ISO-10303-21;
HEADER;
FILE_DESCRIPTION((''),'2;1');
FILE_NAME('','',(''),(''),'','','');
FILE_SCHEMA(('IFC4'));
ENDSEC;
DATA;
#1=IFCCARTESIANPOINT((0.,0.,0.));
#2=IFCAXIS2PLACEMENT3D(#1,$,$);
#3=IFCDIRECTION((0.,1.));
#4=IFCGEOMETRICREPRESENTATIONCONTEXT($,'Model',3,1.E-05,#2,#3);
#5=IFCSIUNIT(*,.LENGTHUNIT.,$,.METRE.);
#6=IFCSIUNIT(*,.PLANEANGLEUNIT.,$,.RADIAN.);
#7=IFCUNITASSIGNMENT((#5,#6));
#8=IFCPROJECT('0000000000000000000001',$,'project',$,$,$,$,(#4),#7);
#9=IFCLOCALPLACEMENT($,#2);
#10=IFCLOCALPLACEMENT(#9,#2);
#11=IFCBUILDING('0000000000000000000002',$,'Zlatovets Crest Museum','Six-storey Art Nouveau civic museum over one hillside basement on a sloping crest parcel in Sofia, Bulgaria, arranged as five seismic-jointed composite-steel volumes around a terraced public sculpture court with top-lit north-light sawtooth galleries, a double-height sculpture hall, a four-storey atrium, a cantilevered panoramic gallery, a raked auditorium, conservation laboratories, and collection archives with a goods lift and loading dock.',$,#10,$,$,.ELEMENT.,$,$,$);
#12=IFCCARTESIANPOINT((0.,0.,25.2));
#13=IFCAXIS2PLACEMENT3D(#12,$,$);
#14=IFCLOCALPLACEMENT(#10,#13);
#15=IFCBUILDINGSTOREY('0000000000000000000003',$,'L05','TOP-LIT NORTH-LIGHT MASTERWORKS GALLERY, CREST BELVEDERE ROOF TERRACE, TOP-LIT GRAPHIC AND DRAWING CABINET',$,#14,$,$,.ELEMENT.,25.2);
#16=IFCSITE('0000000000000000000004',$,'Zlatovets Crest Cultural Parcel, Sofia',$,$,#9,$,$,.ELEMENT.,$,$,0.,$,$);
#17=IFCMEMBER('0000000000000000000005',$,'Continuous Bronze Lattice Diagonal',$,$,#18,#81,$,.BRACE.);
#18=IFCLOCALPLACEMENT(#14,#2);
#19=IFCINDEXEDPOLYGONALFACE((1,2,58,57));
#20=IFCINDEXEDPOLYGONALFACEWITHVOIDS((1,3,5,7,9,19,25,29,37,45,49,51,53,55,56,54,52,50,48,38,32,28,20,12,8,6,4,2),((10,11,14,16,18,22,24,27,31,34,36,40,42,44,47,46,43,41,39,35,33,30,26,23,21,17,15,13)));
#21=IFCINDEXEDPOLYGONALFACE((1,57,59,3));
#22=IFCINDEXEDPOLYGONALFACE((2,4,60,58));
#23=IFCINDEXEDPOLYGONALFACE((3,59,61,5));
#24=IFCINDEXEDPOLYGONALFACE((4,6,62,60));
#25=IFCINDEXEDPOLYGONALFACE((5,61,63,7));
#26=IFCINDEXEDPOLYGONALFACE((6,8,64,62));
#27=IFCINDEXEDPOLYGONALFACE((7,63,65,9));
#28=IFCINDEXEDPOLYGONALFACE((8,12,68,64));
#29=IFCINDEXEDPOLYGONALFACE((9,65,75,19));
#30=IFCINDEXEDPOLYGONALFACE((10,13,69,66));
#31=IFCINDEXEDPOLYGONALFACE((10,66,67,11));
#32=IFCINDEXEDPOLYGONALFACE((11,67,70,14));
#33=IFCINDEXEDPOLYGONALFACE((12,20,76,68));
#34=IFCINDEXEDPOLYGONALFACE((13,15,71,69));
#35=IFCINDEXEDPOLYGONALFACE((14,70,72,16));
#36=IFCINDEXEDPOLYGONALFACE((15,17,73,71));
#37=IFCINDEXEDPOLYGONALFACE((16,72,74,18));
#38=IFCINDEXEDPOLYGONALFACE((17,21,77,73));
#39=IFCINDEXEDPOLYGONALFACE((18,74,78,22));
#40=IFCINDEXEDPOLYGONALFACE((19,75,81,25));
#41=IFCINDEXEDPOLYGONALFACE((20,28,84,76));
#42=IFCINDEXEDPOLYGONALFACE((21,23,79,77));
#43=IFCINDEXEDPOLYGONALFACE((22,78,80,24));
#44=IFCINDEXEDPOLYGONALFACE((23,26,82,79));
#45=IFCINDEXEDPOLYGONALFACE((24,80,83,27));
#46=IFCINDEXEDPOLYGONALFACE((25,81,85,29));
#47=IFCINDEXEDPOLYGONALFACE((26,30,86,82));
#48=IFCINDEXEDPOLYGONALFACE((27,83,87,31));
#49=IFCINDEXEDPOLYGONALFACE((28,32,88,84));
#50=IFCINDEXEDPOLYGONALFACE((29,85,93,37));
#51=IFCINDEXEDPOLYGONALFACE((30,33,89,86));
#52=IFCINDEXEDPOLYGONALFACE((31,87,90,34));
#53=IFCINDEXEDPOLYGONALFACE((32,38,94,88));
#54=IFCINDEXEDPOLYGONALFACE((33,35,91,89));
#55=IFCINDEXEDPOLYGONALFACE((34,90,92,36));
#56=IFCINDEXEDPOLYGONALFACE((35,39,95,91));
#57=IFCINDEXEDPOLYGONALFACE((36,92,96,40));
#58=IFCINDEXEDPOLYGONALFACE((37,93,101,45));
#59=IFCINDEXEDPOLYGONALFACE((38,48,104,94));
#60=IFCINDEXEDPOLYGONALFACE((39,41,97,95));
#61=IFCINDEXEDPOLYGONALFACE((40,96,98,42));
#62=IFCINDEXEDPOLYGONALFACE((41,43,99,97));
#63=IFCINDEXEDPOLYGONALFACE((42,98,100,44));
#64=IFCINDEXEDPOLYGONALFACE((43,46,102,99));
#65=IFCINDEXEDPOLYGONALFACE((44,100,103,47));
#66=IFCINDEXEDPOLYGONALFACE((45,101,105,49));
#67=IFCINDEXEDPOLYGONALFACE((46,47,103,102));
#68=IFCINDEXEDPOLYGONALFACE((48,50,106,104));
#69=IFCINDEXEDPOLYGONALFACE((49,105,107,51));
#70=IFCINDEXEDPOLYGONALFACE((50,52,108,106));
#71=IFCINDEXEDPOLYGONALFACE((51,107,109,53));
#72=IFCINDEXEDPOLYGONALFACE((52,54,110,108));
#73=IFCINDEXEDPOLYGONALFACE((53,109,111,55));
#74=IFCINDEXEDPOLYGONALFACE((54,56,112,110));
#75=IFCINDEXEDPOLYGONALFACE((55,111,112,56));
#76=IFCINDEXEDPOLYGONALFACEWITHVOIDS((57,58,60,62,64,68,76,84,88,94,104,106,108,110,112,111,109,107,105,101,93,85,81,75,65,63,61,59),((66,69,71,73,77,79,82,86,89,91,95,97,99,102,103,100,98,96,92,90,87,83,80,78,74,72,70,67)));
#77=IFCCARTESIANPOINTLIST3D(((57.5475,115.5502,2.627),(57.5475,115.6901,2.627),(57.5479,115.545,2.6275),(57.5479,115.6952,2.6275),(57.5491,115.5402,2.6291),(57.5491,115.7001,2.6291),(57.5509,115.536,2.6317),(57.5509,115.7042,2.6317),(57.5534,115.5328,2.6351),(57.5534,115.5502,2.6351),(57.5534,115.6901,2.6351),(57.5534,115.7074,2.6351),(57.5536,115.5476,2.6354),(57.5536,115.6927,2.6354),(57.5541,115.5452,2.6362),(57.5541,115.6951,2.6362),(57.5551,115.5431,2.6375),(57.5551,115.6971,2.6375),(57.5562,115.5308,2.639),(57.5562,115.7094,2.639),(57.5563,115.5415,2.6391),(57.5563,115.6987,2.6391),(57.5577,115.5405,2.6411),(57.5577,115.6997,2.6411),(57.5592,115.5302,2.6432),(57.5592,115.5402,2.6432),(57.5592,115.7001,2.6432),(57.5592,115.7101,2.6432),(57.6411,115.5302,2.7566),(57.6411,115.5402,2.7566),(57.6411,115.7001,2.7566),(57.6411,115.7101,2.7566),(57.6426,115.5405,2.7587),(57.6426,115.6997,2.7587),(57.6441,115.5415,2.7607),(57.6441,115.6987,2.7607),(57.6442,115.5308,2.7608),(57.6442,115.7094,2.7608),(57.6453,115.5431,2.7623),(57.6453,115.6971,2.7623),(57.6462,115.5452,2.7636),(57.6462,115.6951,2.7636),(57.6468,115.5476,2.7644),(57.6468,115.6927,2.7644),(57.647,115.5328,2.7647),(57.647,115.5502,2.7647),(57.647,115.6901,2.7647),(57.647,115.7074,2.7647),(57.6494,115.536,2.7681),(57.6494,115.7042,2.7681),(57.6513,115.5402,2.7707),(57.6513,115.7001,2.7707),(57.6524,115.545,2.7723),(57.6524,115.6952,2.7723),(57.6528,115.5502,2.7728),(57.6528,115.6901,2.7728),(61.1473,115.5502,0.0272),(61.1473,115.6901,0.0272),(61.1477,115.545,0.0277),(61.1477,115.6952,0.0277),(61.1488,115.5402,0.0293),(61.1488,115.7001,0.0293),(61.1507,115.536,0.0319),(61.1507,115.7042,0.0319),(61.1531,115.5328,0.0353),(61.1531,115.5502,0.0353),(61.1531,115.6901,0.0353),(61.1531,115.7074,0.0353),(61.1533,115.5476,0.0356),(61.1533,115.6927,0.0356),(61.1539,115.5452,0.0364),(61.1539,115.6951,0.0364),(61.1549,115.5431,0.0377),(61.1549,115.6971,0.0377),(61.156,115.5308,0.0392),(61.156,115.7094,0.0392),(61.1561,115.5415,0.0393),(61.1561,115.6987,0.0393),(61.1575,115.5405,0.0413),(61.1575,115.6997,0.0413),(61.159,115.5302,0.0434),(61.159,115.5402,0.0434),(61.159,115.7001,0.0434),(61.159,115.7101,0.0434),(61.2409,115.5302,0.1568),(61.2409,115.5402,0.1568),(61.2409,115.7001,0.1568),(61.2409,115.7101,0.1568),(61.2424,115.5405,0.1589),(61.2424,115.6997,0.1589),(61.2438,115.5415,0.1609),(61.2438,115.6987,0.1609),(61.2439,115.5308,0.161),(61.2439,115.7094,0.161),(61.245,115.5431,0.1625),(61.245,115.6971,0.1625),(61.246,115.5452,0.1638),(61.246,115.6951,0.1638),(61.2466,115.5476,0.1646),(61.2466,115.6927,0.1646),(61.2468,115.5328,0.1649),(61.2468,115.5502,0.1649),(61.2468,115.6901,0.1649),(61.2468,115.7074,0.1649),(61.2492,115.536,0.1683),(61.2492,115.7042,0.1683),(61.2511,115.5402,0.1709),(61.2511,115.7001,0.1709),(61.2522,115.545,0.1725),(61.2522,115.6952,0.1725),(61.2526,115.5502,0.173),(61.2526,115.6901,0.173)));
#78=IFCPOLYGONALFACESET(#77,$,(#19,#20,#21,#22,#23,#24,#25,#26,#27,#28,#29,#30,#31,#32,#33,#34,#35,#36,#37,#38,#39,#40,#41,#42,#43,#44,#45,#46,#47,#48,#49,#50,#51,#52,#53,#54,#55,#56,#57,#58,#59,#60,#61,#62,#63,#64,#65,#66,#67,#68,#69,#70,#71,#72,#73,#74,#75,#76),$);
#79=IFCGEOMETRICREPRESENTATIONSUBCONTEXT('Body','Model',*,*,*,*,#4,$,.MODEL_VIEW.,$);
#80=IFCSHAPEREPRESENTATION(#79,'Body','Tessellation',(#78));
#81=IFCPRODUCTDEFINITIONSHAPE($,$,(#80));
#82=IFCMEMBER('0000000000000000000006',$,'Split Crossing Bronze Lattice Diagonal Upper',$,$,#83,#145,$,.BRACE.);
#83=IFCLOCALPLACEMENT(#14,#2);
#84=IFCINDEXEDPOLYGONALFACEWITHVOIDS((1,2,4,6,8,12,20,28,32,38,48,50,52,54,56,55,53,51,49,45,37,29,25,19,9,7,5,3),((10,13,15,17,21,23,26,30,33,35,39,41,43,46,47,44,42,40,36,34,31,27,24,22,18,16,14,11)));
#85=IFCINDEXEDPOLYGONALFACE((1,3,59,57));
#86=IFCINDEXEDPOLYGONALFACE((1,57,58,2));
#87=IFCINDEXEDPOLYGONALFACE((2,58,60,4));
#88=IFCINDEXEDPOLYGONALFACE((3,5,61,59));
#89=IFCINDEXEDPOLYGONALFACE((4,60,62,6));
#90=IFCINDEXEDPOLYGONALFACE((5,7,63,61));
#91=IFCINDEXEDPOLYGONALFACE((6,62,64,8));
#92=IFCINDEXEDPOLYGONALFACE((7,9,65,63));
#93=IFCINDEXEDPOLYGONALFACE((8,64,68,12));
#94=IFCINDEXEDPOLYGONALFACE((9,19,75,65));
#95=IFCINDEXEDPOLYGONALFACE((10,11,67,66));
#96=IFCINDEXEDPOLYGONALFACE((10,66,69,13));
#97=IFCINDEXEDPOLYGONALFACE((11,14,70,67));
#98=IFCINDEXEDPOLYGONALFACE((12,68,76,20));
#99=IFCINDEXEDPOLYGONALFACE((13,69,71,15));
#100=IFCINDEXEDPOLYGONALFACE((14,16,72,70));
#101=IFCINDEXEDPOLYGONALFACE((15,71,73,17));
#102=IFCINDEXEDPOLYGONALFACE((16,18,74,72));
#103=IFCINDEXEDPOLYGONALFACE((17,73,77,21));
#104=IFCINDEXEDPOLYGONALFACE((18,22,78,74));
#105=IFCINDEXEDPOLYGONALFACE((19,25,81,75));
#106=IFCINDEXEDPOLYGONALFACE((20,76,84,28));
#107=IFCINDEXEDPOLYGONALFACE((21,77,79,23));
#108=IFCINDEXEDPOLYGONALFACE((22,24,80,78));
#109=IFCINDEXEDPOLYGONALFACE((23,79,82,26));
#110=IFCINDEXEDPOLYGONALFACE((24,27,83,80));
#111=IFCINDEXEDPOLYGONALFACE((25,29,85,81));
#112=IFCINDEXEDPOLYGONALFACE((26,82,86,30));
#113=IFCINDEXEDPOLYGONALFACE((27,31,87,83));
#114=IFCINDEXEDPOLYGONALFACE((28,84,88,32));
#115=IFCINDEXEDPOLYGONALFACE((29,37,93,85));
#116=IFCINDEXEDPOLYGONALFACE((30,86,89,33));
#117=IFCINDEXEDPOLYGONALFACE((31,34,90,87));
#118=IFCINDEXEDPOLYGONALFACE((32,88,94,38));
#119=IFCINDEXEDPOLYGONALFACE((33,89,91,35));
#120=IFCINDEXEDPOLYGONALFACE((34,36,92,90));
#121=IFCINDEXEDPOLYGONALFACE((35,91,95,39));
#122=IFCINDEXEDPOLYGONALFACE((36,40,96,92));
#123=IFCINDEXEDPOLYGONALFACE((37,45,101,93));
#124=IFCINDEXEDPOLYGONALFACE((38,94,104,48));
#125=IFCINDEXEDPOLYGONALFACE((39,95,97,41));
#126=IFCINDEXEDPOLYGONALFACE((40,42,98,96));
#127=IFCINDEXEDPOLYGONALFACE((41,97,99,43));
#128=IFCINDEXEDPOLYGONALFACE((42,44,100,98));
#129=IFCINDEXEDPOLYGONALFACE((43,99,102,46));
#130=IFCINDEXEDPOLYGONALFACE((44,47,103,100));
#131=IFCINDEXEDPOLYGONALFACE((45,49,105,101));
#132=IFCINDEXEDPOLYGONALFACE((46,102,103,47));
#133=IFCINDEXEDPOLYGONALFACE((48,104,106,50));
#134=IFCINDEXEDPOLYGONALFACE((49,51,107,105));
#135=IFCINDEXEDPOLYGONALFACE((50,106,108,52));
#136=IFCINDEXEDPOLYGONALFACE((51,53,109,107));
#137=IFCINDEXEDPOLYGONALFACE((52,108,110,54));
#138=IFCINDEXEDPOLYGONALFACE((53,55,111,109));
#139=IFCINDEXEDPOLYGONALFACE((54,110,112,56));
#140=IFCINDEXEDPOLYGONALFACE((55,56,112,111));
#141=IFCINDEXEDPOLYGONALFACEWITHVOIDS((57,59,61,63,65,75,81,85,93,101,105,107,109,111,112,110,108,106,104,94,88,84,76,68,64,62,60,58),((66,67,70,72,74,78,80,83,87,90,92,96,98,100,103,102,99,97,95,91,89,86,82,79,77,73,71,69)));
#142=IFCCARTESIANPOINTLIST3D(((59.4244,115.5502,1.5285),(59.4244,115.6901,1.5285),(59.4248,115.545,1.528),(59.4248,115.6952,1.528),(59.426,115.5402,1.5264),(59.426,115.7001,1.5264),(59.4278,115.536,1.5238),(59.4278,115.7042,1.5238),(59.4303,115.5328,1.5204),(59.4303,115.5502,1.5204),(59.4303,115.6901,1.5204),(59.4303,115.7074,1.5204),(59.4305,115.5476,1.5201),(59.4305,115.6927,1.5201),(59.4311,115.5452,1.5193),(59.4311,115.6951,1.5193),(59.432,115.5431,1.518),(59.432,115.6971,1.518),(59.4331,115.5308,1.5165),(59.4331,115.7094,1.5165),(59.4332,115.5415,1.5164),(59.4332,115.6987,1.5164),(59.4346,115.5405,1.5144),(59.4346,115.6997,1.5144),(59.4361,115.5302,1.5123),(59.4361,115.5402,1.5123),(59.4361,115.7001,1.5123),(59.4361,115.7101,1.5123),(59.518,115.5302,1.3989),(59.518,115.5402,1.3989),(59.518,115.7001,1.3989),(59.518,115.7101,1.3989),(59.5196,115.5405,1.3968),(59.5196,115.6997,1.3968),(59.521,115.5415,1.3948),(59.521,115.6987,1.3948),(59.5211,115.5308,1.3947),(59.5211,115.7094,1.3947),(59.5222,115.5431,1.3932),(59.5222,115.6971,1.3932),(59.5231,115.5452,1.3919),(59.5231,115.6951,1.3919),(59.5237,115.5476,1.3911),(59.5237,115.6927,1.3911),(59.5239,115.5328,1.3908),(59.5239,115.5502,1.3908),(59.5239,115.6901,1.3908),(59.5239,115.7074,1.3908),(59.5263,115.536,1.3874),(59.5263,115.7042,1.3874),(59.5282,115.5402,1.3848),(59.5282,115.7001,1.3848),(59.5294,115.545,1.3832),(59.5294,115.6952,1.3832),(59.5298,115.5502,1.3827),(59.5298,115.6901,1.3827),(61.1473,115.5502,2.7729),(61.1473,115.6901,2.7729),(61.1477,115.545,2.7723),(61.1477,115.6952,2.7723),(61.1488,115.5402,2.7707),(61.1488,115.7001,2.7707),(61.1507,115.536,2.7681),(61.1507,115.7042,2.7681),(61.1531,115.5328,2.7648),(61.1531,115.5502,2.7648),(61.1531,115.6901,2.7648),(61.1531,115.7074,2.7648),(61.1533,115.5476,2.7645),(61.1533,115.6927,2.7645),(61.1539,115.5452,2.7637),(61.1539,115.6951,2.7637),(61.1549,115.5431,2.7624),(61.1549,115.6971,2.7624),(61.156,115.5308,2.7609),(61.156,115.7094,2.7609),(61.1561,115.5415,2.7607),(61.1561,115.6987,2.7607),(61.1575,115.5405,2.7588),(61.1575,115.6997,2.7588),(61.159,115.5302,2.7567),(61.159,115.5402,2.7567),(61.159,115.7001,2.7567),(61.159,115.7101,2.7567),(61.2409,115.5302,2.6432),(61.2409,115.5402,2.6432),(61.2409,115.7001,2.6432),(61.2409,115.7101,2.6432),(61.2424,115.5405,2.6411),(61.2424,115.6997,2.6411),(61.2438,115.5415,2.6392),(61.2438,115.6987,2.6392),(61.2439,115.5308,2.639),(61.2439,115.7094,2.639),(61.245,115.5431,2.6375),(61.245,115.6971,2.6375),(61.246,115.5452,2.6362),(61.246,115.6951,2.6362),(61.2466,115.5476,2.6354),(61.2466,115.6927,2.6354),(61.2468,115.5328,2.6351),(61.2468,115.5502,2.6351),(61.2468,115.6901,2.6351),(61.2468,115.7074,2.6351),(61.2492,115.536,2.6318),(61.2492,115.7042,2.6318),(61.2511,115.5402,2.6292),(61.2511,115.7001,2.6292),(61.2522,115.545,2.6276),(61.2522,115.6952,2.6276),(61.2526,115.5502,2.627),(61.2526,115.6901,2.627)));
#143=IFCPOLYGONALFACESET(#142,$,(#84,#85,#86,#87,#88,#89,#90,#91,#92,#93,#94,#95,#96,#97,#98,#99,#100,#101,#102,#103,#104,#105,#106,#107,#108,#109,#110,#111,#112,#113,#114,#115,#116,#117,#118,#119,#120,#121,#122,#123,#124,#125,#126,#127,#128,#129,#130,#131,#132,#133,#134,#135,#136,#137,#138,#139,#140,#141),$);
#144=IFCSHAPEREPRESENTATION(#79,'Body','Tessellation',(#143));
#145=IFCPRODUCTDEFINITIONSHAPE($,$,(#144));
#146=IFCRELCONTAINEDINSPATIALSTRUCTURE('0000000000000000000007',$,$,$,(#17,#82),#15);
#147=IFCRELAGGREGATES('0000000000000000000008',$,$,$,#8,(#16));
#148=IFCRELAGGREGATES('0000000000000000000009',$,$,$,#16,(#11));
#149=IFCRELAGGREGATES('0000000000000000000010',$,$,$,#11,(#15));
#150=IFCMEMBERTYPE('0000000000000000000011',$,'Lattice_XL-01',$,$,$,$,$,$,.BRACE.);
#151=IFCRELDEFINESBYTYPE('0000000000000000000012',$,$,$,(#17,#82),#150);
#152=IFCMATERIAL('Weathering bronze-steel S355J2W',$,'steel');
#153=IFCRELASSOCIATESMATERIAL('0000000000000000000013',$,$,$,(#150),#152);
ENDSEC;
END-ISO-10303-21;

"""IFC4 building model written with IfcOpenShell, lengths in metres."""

from ifc_helpers import new_model, si_unit, direction, frame, origin, origin_2d, place, context, subcontext, project, spatial, hollow_rectangle, extrude, material, material_profile, profile_set, type_object, element, save


model = new_model("IFC4")

# Units and contexts
model_context = context("Model", 3, precision=1e-05, world=origin(), true_north=direction((0.0, 1.0)))
body_context = subcontext(model_context, "Body", "Model", "MODEL_VIEW")
ifc_project = project(units=[si_unit("LENGTHUNIT", "METRE"), si_unit("PLANEANGLEUNIT", "RADIAN")], contexts=[model_context])

# Site, building, storey
site_placement = place(None, origin())
site = spatial("IfcSite", under=ifc_project, at=site_placement, Name="Zlatovets Crest Cultural Parcel, Sofia", CompositionType="ELEMENT", RefElevation=0.0)
building_placement = place(site_placement, origin())
building = spatial("IfcBuilding", under=site, at=building_placement, Name="Zlatovets Crest Museum", Description="Six-storey Art Nouveau civic museum over one hillside basement on a sloping crest parcel in Sofia, Bulgaria, arranged as five seismic-jointed composite-steel volumes around a terraced public sculpture court with top-lit north-light sawtooth galleries, a double-height sculpture hall, a four-storey atrium, a cantilevered panoramic gallery, a raked auditorium, conservation laboratories, and collection archives with a goods lift and loading dock.", CompositionType="ELEMENT")
storey_placement = place(building_placement, frame((0.0, 0.0, 25.2)))
storey = spatial("IfcBuildingStorey", under=building, at=storey_placement, Name="L05", Description="TOP-LIT NORTH-LIGHT MASTERWORKS GALLERY, CREST BELVEDERE ROOF TERRACE, TOP-LIT GRAPHIC AND DRAWING CABINET", CompositionType="ELEMENT", Elevation=25.2)

# Members
ifc_material_1 = material(Name="Weathering bronze-steel S355J2W", Category="steel")
ifc_material_profile_1 = material_profile(ifc_material_1, hollow_rectangle(XDim=0.1799, YDim=0.1799, WallThickness=0.01, InnerFilletRadius=0.01, OuterFilletRadius=0.02, at=origin_2d()), Name="SHS 180x180x10.0")
ifc_profile_set_1 = profile_set([ifc_material_profile_1], Name="Weathering bronze-steel S355J2W")
member_type_1 = type_object("IfcMemberType", Name="Lattice_XL-01", PredefinedType="BRACE", material=ifc_profile_set_1)
member_1_placement = place(storey_placement, frame((61.2, 115.6201, 0.1001), z_axis=(-0.810684, 0.0, 0.585485), x_axis=(0.0, -1.0, 0.0)))
element("IfcMember", 1, at=member_1_placement, inside=storey, type_object=member_type_1, Name="Continuous Bronze Lattice Diagonal", PredefinedType="BRACE", context=body_context, shape_type="SweptSolid", body=[
    extrude(hollow_rectangle(XDim=0.1799, YDim=0.1799, WallThickness=0.01, InnerFilletRadius=0.01, OuterFilletRadius=0.02, at=origin_2d()), origin(), (0.0, 0.0, 1.0), 4.4404),
])
member_2_placement = place(storey_placement, frame((61.2, 115.6201, 2.7), z_axis=(-0.810664, 0.0, -0.585512), x_axis=(0.0, -1.0, 0.0)))
element("IfcMember", 2, at=member_2_placement, inside=storey, type_object=member_type_1, Name="Split Crossing Bronze Lattice Diagonal Upper", PredefinedType="BRACE", context=body_context, shape_type="SweptSolid", body=[
    extrude(hollow_rectangle(XDim=0.1799, YDim=0.1799, WallThickness=0.01, InnerFilletRadius=0.01, OuterFilletRadius=0.02, at=origin_2d()), origin(), (0.0, 0.0, 1.0), 2.1252),
])

save(model, "model.ifc")
